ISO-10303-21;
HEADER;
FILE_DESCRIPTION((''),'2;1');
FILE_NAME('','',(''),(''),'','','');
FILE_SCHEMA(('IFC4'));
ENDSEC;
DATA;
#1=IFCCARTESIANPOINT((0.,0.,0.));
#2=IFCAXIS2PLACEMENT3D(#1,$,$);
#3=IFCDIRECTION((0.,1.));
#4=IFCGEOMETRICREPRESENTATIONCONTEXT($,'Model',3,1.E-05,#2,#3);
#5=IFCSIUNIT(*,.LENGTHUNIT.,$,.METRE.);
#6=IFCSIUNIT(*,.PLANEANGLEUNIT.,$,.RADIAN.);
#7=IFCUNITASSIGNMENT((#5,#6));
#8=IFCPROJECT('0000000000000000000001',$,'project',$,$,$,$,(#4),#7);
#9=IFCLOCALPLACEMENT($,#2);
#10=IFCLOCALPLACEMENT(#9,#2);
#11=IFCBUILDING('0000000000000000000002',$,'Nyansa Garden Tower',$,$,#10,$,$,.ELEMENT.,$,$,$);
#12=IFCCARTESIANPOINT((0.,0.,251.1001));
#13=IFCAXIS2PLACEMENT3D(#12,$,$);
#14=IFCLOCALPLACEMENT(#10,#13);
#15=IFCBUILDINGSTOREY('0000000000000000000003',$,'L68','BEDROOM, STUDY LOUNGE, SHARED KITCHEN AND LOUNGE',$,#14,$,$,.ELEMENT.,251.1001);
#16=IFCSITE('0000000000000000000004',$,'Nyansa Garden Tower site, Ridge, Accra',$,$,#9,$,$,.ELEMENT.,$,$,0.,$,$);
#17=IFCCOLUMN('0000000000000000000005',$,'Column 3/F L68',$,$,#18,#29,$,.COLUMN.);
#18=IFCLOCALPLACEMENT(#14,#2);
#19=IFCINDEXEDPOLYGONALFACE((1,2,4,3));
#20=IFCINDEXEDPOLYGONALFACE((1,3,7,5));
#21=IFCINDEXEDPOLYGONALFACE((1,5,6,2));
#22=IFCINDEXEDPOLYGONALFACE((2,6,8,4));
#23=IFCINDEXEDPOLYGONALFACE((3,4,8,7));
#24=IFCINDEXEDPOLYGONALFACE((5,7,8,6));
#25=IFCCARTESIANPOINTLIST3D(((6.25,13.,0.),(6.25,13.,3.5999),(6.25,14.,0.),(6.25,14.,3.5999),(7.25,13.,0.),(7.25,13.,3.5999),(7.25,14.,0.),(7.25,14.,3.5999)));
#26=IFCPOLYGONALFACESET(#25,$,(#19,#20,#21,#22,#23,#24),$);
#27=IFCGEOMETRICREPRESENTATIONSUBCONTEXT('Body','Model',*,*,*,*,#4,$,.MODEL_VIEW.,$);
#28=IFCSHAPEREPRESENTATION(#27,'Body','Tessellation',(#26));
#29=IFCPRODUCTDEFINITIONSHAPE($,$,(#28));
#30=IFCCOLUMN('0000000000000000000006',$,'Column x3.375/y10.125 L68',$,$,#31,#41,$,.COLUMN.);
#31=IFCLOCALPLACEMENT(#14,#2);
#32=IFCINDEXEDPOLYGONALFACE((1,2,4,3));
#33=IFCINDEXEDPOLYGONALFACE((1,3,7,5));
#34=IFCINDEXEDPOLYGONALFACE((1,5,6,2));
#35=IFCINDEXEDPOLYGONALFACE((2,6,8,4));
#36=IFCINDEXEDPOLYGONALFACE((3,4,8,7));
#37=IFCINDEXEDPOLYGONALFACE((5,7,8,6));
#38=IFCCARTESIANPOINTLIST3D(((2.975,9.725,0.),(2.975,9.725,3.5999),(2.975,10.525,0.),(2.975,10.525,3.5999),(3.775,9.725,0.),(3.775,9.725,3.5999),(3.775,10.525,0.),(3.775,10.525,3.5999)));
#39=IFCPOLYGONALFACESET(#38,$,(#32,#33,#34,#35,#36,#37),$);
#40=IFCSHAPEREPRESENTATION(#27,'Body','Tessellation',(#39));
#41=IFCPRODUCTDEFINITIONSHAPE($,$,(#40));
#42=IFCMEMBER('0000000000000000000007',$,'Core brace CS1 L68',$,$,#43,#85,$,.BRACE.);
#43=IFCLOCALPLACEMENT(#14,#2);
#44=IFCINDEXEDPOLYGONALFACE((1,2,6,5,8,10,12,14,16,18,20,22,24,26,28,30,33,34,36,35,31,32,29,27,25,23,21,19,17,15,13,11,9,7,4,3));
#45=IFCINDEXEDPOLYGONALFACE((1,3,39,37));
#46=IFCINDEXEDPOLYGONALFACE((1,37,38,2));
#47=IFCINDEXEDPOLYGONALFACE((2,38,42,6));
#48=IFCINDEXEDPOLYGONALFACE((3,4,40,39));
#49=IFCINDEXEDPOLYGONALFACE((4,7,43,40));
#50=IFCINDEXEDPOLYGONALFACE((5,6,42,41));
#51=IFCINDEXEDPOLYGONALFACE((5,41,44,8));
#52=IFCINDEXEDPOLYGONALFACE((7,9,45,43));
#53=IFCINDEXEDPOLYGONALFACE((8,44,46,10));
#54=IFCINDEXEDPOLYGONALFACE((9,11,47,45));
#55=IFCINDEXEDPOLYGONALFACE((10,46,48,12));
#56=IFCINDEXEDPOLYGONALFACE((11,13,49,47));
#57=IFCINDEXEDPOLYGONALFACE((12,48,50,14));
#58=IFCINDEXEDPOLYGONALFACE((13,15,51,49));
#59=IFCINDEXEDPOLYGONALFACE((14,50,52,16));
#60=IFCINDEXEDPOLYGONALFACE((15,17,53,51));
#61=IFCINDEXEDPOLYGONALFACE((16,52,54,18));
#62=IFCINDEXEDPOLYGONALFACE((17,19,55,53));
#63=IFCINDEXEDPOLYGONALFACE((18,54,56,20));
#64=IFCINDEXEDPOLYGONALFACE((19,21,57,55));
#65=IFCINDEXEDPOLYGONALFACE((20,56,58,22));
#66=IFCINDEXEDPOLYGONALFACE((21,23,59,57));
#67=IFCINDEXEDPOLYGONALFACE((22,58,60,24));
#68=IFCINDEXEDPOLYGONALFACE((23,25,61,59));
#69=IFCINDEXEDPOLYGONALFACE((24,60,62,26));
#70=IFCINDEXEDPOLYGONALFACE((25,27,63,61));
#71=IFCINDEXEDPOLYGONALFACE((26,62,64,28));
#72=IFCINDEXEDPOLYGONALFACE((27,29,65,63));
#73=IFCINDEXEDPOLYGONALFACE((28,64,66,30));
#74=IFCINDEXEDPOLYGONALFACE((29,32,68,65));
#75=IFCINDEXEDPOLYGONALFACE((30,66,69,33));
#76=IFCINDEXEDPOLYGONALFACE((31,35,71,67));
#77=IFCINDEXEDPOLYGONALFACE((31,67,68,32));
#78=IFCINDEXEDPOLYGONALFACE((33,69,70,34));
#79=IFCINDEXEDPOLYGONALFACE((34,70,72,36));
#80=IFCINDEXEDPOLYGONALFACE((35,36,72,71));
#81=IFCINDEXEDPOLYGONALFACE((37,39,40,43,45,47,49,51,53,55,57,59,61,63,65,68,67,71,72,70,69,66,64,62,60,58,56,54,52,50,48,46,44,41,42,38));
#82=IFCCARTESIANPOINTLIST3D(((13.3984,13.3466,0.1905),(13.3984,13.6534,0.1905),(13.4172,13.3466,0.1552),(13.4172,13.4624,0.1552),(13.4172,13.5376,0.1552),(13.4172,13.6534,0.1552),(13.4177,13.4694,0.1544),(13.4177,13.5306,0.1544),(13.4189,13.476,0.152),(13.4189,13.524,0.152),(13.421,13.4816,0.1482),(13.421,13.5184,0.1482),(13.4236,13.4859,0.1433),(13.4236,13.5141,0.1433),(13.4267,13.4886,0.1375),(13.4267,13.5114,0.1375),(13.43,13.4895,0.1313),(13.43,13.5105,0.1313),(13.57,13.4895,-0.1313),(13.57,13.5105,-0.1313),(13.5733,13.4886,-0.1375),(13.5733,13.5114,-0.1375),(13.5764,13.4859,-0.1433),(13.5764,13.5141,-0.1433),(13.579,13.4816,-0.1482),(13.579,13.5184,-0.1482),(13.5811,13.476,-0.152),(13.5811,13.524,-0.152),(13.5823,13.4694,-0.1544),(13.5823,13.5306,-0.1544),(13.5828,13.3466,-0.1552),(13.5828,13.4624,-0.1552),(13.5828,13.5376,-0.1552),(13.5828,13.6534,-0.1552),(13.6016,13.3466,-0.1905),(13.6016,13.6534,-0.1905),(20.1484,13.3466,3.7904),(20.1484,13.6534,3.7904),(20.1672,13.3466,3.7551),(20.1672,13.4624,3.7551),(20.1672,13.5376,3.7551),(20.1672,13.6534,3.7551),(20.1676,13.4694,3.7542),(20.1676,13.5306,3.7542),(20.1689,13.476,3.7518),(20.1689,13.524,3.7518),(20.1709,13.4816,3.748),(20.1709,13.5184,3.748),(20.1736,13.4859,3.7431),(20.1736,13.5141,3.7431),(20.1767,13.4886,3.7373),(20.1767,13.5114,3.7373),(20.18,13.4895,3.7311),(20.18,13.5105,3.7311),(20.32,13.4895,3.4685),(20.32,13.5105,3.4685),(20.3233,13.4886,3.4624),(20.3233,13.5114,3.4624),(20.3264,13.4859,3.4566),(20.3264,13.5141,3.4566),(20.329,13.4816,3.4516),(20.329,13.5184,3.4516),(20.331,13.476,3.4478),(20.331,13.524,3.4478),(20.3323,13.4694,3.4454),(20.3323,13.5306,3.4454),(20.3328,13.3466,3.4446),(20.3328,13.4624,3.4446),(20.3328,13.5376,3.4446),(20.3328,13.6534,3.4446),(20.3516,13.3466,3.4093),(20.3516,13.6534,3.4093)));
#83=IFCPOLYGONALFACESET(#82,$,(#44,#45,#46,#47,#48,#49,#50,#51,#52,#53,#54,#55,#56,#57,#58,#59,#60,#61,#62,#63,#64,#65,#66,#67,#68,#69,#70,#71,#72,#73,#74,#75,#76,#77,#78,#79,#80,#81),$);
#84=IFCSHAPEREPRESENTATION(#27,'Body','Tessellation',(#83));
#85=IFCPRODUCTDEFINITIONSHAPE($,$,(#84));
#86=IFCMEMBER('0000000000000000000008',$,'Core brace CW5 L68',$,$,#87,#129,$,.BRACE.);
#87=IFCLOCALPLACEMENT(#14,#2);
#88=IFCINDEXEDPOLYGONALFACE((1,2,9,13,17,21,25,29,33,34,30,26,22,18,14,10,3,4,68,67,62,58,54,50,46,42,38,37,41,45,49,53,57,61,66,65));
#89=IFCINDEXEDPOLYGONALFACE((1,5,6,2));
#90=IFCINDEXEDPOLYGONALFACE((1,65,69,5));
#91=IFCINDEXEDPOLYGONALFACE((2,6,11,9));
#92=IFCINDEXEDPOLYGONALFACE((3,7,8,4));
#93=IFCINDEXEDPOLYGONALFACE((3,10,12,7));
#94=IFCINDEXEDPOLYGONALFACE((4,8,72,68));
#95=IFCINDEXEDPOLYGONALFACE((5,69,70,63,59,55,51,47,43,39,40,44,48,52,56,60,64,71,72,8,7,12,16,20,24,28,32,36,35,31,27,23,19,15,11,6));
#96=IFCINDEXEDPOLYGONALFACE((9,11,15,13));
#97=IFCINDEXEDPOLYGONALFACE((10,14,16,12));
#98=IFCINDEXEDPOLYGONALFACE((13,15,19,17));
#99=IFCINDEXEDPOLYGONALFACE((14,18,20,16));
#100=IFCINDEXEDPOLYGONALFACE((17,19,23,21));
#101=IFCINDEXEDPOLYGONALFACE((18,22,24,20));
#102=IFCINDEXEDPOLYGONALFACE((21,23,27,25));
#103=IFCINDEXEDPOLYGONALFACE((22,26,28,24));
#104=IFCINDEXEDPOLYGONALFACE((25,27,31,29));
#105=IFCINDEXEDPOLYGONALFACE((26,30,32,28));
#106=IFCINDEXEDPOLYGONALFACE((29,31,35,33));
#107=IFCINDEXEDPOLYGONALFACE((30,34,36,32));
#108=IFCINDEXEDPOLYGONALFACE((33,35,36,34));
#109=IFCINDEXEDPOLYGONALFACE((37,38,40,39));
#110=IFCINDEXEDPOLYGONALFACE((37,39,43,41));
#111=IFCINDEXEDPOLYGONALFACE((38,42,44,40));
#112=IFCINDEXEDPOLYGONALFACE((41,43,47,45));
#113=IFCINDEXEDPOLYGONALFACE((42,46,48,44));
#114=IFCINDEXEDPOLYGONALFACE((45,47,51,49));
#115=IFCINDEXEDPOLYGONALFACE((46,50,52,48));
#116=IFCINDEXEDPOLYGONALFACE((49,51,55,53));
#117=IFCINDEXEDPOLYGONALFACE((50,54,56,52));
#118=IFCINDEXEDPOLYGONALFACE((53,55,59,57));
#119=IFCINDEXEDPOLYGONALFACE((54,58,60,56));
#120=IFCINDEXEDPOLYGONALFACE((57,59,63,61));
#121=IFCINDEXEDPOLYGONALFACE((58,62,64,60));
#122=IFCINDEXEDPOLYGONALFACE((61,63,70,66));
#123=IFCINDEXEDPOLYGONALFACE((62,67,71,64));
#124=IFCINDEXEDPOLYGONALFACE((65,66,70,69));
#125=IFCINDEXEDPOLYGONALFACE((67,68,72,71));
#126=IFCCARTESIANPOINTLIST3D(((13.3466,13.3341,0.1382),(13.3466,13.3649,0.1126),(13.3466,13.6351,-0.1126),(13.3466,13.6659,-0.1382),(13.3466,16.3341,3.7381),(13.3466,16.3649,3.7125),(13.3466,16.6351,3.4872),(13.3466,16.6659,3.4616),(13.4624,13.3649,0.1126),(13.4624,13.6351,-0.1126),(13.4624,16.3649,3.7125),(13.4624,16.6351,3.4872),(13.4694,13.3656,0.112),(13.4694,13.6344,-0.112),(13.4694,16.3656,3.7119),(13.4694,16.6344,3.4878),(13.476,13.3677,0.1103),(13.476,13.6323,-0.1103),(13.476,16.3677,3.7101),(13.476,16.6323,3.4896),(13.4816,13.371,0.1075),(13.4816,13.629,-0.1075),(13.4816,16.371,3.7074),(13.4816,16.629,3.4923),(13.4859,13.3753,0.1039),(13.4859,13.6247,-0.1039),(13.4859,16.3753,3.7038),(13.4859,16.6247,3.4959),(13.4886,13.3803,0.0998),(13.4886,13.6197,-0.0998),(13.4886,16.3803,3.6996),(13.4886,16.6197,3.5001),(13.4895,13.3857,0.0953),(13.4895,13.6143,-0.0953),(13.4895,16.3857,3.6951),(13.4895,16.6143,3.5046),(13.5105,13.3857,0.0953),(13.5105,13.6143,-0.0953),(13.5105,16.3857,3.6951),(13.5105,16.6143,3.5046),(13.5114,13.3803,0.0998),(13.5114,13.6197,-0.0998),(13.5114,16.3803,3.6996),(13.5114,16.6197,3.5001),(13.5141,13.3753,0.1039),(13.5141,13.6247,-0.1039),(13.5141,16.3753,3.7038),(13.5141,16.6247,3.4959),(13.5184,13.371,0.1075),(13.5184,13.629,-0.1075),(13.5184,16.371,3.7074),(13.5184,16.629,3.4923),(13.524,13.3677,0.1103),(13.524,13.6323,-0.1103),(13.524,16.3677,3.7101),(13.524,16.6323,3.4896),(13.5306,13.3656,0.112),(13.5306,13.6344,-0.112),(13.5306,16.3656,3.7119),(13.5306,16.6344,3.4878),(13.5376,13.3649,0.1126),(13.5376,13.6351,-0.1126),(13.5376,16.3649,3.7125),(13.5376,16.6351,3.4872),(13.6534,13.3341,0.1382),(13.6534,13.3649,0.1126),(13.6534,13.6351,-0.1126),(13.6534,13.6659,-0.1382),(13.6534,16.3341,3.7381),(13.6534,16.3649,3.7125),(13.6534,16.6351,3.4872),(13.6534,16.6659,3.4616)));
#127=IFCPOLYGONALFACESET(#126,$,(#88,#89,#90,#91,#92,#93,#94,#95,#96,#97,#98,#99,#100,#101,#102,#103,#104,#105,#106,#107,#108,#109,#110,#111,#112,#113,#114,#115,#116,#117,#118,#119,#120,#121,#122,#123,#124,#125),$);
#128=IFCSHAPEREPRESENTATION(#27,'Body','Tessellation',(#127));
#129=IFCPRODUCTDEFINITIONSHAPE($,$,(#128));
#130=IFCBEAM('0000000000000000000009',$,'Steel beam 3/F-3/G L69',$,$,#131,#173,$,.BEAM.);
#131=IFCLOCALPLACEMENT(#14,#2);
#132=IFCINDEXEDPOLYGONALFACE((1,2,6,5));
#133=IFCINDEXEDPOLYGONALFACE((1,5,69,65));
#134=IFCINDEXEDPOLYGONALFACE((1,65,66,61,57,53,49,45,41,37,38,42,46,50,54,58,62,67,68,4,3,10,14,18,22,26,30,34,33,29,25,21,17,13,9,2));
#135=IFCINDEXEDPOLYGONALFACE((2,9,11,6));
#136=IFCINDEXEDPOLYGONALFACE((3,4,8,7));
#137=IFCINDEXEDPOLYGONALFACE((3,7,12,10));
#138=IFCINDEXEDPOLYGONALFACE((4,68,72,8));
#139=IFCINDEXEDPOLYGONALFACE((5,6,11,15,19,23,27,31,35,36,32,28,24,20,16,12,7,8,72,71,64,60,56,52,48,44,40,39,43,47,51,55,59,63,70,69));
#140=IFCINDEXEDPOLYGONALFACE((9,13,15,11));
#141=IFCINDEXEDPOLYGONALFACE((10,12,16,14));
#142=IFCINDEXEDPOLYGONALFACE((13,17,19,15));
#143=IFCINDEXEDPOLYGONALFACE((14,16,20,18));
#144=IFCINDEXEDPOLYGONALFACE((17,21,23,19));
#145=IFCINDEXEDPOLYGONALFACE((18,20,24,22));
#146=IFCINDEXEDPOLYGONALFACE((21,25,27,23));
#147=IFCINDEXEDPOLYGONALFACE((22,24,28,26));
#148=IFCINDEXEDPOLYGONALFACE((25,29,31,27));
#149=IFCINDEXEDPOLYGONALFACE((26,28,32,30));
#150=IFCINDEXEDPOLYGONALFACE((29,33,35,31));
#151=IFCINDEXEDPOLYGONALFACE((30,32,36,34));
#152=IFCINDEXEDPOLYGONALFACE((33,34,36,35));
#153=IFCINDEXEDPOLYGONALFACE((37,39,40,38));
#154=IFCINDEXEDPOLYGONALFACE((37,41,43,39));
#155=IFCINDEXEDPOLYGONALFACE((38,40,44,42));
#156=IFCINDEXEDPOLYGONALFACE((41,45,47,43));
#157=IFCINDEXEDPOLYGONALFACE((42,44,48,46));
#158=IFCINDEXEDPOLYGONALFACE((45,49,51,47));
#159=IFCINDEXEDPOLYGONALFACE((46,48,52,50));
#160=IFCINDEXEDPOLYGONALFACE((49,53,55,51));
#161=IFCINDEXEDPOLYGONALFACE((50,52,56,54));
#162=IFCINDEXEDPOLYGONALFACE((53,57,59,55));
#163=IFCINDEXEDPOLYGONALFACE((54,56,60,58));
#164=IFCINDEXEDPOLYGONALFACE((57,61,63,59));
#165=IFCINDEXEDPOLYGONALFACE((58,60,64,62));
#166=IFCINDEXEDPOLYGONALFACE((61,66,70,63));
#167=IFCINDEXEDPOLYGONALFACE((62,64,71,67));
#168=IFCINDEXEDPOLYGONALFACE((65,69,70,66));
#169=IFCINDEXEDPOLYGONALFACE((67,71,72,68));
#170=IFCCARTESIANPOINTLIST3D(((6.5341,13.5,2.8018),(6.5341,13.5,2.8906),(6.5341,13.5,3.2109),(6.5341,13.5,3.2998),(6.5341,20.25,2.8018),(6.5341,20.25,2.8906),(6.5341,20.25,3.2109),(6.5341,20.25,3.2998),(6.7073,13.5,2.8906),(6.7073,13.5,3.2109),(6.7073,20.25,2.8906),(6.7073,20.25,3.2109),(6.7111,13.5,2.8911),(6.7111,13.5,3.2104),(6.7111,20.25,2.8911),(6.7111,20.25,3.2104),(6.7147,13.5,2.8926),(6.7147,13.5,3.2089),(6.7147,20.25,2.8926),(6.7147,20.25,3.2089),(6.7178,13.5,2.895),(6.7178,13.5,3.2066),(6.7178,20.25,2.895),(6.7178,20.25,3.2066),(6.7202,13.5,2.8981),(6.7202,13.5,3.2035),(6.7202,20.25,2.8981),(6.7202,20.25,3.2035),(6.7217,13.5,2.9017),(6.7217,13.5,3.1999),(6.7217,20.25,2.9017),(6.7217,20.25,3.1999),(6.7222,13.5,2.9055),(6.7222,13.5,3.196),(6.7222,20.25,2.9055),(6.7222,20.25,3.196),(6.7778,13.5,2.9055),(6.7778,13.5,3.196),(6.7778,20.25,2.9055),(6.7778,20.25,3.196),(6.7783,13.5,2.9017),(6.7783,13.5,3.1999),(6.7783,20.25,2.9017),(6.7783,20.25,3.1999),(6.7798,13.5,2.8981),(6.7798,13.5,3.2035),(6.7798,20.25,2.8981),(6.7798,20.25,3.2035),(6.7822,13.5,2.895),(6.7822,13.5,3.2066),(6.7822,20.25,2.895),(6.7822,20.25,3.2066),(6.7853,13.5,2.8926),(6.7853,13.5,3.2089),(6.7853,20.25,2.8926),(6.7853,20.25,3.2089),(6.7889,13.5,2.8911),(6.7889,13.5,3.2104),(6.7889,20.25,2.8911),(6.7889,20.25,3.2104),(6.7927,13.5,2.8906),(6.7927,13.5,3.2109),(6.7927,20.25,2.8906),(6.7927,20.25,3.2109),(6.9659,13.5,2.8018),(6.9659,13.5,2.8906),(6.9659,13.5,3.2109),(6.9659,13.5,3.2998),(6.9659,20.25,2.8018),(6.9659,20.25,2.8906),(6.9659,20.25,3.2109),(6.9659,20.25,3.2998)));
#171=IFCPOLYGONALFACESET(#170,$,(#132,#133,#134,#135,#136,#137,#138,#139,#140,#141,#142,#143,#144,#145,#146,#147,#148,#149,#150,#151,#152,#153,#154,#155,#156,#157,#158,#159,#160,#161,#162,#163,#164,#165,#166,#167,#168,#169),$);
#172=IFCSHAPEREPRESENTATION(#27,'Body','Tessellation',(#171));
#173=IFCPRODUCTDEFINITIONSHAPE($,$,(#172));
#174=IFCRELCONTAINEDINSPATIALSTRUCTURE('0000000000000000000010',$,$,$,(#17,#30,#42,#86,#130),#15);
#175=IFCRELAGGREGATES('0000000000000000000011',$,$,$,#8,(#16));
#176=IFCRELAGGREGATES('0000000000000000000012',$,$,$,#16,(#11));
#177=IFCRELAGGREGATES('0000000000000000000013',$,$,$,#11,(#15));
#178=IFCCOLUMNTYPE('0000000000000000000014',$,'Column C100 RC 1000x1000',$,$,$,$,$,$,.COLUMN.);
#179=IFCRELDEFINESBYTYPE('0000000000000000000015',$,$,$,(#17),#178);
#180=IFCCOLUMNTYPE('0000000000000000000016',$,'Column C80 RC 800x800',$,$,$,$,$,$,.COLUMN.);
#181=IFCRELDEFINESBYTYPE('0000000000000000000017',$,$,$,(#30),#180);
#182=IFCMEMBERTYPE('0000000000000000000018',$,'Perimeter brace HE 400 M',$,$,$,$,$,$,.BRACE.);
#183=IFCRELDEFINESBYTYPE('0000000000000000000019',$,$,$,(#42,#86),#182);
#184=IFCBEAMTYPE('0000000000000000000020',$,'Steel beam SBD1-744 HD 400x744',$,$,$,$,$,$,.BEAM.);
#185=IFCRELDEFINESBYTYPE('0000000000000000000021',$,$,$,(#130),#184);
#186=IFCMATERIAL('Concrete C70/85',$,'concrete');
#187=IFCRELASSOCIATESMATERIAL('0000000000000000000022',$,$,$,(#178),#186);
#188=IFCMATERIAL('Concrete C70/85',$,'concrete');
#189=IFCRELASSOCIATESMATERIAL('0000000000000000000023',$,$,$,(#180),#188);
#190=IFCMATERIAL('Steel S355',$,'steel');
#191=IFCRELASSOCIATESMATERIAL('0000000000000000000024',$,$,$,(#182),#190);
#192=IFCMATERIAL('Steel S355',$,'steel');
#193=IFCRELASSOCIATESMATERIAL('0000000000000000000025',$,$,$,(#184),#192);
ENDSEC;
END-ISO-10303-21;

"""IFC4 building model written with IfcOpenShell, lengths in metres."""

from ifc_helpers import new_model, si_unit, direction, frame, origin, origin_2d, place, context, subcontext, project, spatial, rectangle, i_section, extrude, material, material_profile, profile_set, type_object, element, save


model = new_model("IFC4")

# Units and contexts
model_context = context("Model", 3, precision=1e-05, world=origin(), true_north=direction((0.0, 1.0)))
body_context = subcontext(model_context, "Body", "Model", "MODEL_VIEW")
ifc_project = project(units=[si_unit("LENGTHUNIT", "METRE"), si_unit("PLANEANGLEUNIT", "RADIAN")], contexts=[model_context])

# Site, building, storey
site_placement = place(None, origin())
site = spatial("IfcSite", under=ifc_project, at=site_placement, Name="Nyansa Garden Tower site, Ridge, Accra", CompositionType="ELEMENT", RefElevation=0.0)
building_placement = place(site_placement, origin())
building = spatial("IfcBuilding", under=site, at=building_placement, Name="Nyansa Garden Tower", CompositionType="ELEMENT")
storey_placement = place(building_placement, frame((0.0, 0.0, 251.1001)))
storey = spatial("IfcBuildingStorey", under=building, at=storey_placement, Name="L68", Description="BEDROOM, STUDY LOUNGE, SHARED KITCHEN AND LOUNGE", CompositionType="ELEMENT", Elevation=251.1001)

# Columns
ifc_material_1 = material(Name="Concrete C70/85", Category="concrete")
ifc_material_profile_1 = material_profile(ifc_material_1, rectangle(XDim=1.0, YDim=1.0, at=origin_2d()), Name="RC 1000x1000")
ifc_profile_set_1 = profile_set([ifc_material_profile_1], Name="Concrete C70/85")
column_type_1 = type_object("IfcColumnType", Name="Column C100 RC 1000x1000", PredefinedType="COLUMN", material=ifc_profile_set_1)
column_1_placement = place(storey_placement, frame((6.75, 13.5, 0.0), z_axis=(0.0, 0.0, 1.0), x_axis=(1.0, 0.0, 0.0)))
element("IfcColumn", 1, at=column_1_placement, inside=storey, type_object=column_type_1, Name="Column 3/F L68", PredefinedType="COLUMN", context=body_context, shape_type="SweptSolid", body=[
    extrude(rectangle(XDim=1.0, YDim=1.0, at=origin_2d()), origin(), (0.0, 0.0, 1.0), 3.5999),
])
ifc_material_2 = material(Name="Concrete C70/85", Category="concrete")
ifc_material_profile_2 = material_profile(ifc_material_2, rectangle(XDim=0.8, YDim=0.8, at=origin_2d()), Name="RC 800x800")
ifc_profile_set_2 = profile_set([ifc_material_profile_2], Name="Concrete C70/85")
column_type_2 = type_object("IfcColumnType", Name="Column C80 RC 800x800", PredefinedType="COLUMN", material=ifc_profile_set_2)
column_2_placement = place(storey_placement, frame((3.375, 10.125, 0.0), z_axis=(0.0, 0.0, 1.0), x_axis=(1.0, 0.0, 0.0)))
element("IfcColumn", 2, at=column_2_placement, inside=storey, type_object=column_type_2, Name="Column x3.375/y10.125 L68", PredefinedType="COLUMN", context=body_context, shape_type="SweptSolid", body=[
    extrude(rectangle(XDim=0.8, YDim=0.8, at=origin_2d()), origin(), (0.0, 0.0, 1.0), 3.5999),
])

# Members
ifc_material_3 = material(Name="Steel S355", Category="steel")
ifc_material_profile_3 = material_profile(ifc_material_3, i_section(OverallWidth=0.3069, OverallDepth=0.4319, WebThickness=0.021, FlangeThickness=0.04, FilletRadius=0.0271, at=origin_2d()), Name="HE 400 M")
ifc_profile_set_3 = profile_set([ifc_material_profile_3], Name="Steel S355")
member_type = type_object("IfcMemberType", Name="Perimeter brace HE 400 M", PredefinedType="BRACE", material=ifc_profile_set_3)
member_1_placement = place(storey_placement, frame((13.5, 13.5, 0.0), z_axis=(0.882361, 0.0, 0.470573), x_axis=(0.0, 1.0, 0.0)))
element("IfcMember", 3, at=member_1_placement, inside=storey, type_object=member_type, Name="Core brace CS1 L68", PredefinedType="BRACE", context=body_context, shape_type="SweptSolid", body=[
    extrude(i_section(OverallWidth=0.3069, OverallDepth=0.4319, WebThickness=0.021, FlangeThickness=0.04, FilletRadius=0.0271, at=origin_2d()), origin(), (0.0, 0.0, 1.0), 7.6499),
])
member_2_placement = place(storey_placement, frame((13.5, 13.5, 0.0), z_axis=(0.0, 0.6402, 0.768208), x_axis=(-1.0, 0.0, 0.0)))
element("IfcMember", 4, at=member_2_placement, inside=storey, type_object=member_type, Name="Core brace CW5 L68", PredefinedType="BRACE", context=body_context, shape_type="SweptSolid", body=[
    extrude(i_section(OverallWidth=0.3069, OverallDepth=0.4319, WebThickness=0.021, FlangeThickness=0.04, FilletRadius=0.0271, at=origin_2d()), origin(), (0.0, 0.0, 1.0), 4.686),
])

# Beam
ifc_material_4 = material(Name="Steel S355", Category="steel")
ifc_material_profile_4 = material_profile(ifc_material_4, i_section(OverallWidth=0.4319, OverallDepth=0.498, WebThickness=0.0557, FlangeThickness=0.0889, FilletRadius=0.0149, at=origin_2d()), Name="HD 400x744")
ifc_profile_set_4 = profile_set([ifc_material_profile_4], Name="Steel S355")
beam_type_1 = type_object("IfcBeamType", Name="Steel beam SBD1-744 HD 400x744", PredefinedType="BEAM", material=ifc_profile_set_4)
beam_1_placement = place(storey_placement, frame((6.75, 13.5, 3.0508), z_axis=(0.0, 1.0, 0.0), x_axis=(-1.0, 0.0, 0.0)))
element("IfcBeam", 5, at=beam_1_placement, inside=storey, type_object=beam_type_1, Name="Steel beam 3/F-3/G L69", PredefinedType="BEAM", context=body_context, shape_type="SweptSolid", body=[
    extrude(i_section(OverallWidth=0.4319, OverallDepth=0.498, WebThickness=0.0557, FlangeThickness=0.0889, FilletRadius=0.0149, at=origin_2d()), origin(), (0.0, 0.0, 1.0), 6.75),
])

save(model, "model.ifc")
